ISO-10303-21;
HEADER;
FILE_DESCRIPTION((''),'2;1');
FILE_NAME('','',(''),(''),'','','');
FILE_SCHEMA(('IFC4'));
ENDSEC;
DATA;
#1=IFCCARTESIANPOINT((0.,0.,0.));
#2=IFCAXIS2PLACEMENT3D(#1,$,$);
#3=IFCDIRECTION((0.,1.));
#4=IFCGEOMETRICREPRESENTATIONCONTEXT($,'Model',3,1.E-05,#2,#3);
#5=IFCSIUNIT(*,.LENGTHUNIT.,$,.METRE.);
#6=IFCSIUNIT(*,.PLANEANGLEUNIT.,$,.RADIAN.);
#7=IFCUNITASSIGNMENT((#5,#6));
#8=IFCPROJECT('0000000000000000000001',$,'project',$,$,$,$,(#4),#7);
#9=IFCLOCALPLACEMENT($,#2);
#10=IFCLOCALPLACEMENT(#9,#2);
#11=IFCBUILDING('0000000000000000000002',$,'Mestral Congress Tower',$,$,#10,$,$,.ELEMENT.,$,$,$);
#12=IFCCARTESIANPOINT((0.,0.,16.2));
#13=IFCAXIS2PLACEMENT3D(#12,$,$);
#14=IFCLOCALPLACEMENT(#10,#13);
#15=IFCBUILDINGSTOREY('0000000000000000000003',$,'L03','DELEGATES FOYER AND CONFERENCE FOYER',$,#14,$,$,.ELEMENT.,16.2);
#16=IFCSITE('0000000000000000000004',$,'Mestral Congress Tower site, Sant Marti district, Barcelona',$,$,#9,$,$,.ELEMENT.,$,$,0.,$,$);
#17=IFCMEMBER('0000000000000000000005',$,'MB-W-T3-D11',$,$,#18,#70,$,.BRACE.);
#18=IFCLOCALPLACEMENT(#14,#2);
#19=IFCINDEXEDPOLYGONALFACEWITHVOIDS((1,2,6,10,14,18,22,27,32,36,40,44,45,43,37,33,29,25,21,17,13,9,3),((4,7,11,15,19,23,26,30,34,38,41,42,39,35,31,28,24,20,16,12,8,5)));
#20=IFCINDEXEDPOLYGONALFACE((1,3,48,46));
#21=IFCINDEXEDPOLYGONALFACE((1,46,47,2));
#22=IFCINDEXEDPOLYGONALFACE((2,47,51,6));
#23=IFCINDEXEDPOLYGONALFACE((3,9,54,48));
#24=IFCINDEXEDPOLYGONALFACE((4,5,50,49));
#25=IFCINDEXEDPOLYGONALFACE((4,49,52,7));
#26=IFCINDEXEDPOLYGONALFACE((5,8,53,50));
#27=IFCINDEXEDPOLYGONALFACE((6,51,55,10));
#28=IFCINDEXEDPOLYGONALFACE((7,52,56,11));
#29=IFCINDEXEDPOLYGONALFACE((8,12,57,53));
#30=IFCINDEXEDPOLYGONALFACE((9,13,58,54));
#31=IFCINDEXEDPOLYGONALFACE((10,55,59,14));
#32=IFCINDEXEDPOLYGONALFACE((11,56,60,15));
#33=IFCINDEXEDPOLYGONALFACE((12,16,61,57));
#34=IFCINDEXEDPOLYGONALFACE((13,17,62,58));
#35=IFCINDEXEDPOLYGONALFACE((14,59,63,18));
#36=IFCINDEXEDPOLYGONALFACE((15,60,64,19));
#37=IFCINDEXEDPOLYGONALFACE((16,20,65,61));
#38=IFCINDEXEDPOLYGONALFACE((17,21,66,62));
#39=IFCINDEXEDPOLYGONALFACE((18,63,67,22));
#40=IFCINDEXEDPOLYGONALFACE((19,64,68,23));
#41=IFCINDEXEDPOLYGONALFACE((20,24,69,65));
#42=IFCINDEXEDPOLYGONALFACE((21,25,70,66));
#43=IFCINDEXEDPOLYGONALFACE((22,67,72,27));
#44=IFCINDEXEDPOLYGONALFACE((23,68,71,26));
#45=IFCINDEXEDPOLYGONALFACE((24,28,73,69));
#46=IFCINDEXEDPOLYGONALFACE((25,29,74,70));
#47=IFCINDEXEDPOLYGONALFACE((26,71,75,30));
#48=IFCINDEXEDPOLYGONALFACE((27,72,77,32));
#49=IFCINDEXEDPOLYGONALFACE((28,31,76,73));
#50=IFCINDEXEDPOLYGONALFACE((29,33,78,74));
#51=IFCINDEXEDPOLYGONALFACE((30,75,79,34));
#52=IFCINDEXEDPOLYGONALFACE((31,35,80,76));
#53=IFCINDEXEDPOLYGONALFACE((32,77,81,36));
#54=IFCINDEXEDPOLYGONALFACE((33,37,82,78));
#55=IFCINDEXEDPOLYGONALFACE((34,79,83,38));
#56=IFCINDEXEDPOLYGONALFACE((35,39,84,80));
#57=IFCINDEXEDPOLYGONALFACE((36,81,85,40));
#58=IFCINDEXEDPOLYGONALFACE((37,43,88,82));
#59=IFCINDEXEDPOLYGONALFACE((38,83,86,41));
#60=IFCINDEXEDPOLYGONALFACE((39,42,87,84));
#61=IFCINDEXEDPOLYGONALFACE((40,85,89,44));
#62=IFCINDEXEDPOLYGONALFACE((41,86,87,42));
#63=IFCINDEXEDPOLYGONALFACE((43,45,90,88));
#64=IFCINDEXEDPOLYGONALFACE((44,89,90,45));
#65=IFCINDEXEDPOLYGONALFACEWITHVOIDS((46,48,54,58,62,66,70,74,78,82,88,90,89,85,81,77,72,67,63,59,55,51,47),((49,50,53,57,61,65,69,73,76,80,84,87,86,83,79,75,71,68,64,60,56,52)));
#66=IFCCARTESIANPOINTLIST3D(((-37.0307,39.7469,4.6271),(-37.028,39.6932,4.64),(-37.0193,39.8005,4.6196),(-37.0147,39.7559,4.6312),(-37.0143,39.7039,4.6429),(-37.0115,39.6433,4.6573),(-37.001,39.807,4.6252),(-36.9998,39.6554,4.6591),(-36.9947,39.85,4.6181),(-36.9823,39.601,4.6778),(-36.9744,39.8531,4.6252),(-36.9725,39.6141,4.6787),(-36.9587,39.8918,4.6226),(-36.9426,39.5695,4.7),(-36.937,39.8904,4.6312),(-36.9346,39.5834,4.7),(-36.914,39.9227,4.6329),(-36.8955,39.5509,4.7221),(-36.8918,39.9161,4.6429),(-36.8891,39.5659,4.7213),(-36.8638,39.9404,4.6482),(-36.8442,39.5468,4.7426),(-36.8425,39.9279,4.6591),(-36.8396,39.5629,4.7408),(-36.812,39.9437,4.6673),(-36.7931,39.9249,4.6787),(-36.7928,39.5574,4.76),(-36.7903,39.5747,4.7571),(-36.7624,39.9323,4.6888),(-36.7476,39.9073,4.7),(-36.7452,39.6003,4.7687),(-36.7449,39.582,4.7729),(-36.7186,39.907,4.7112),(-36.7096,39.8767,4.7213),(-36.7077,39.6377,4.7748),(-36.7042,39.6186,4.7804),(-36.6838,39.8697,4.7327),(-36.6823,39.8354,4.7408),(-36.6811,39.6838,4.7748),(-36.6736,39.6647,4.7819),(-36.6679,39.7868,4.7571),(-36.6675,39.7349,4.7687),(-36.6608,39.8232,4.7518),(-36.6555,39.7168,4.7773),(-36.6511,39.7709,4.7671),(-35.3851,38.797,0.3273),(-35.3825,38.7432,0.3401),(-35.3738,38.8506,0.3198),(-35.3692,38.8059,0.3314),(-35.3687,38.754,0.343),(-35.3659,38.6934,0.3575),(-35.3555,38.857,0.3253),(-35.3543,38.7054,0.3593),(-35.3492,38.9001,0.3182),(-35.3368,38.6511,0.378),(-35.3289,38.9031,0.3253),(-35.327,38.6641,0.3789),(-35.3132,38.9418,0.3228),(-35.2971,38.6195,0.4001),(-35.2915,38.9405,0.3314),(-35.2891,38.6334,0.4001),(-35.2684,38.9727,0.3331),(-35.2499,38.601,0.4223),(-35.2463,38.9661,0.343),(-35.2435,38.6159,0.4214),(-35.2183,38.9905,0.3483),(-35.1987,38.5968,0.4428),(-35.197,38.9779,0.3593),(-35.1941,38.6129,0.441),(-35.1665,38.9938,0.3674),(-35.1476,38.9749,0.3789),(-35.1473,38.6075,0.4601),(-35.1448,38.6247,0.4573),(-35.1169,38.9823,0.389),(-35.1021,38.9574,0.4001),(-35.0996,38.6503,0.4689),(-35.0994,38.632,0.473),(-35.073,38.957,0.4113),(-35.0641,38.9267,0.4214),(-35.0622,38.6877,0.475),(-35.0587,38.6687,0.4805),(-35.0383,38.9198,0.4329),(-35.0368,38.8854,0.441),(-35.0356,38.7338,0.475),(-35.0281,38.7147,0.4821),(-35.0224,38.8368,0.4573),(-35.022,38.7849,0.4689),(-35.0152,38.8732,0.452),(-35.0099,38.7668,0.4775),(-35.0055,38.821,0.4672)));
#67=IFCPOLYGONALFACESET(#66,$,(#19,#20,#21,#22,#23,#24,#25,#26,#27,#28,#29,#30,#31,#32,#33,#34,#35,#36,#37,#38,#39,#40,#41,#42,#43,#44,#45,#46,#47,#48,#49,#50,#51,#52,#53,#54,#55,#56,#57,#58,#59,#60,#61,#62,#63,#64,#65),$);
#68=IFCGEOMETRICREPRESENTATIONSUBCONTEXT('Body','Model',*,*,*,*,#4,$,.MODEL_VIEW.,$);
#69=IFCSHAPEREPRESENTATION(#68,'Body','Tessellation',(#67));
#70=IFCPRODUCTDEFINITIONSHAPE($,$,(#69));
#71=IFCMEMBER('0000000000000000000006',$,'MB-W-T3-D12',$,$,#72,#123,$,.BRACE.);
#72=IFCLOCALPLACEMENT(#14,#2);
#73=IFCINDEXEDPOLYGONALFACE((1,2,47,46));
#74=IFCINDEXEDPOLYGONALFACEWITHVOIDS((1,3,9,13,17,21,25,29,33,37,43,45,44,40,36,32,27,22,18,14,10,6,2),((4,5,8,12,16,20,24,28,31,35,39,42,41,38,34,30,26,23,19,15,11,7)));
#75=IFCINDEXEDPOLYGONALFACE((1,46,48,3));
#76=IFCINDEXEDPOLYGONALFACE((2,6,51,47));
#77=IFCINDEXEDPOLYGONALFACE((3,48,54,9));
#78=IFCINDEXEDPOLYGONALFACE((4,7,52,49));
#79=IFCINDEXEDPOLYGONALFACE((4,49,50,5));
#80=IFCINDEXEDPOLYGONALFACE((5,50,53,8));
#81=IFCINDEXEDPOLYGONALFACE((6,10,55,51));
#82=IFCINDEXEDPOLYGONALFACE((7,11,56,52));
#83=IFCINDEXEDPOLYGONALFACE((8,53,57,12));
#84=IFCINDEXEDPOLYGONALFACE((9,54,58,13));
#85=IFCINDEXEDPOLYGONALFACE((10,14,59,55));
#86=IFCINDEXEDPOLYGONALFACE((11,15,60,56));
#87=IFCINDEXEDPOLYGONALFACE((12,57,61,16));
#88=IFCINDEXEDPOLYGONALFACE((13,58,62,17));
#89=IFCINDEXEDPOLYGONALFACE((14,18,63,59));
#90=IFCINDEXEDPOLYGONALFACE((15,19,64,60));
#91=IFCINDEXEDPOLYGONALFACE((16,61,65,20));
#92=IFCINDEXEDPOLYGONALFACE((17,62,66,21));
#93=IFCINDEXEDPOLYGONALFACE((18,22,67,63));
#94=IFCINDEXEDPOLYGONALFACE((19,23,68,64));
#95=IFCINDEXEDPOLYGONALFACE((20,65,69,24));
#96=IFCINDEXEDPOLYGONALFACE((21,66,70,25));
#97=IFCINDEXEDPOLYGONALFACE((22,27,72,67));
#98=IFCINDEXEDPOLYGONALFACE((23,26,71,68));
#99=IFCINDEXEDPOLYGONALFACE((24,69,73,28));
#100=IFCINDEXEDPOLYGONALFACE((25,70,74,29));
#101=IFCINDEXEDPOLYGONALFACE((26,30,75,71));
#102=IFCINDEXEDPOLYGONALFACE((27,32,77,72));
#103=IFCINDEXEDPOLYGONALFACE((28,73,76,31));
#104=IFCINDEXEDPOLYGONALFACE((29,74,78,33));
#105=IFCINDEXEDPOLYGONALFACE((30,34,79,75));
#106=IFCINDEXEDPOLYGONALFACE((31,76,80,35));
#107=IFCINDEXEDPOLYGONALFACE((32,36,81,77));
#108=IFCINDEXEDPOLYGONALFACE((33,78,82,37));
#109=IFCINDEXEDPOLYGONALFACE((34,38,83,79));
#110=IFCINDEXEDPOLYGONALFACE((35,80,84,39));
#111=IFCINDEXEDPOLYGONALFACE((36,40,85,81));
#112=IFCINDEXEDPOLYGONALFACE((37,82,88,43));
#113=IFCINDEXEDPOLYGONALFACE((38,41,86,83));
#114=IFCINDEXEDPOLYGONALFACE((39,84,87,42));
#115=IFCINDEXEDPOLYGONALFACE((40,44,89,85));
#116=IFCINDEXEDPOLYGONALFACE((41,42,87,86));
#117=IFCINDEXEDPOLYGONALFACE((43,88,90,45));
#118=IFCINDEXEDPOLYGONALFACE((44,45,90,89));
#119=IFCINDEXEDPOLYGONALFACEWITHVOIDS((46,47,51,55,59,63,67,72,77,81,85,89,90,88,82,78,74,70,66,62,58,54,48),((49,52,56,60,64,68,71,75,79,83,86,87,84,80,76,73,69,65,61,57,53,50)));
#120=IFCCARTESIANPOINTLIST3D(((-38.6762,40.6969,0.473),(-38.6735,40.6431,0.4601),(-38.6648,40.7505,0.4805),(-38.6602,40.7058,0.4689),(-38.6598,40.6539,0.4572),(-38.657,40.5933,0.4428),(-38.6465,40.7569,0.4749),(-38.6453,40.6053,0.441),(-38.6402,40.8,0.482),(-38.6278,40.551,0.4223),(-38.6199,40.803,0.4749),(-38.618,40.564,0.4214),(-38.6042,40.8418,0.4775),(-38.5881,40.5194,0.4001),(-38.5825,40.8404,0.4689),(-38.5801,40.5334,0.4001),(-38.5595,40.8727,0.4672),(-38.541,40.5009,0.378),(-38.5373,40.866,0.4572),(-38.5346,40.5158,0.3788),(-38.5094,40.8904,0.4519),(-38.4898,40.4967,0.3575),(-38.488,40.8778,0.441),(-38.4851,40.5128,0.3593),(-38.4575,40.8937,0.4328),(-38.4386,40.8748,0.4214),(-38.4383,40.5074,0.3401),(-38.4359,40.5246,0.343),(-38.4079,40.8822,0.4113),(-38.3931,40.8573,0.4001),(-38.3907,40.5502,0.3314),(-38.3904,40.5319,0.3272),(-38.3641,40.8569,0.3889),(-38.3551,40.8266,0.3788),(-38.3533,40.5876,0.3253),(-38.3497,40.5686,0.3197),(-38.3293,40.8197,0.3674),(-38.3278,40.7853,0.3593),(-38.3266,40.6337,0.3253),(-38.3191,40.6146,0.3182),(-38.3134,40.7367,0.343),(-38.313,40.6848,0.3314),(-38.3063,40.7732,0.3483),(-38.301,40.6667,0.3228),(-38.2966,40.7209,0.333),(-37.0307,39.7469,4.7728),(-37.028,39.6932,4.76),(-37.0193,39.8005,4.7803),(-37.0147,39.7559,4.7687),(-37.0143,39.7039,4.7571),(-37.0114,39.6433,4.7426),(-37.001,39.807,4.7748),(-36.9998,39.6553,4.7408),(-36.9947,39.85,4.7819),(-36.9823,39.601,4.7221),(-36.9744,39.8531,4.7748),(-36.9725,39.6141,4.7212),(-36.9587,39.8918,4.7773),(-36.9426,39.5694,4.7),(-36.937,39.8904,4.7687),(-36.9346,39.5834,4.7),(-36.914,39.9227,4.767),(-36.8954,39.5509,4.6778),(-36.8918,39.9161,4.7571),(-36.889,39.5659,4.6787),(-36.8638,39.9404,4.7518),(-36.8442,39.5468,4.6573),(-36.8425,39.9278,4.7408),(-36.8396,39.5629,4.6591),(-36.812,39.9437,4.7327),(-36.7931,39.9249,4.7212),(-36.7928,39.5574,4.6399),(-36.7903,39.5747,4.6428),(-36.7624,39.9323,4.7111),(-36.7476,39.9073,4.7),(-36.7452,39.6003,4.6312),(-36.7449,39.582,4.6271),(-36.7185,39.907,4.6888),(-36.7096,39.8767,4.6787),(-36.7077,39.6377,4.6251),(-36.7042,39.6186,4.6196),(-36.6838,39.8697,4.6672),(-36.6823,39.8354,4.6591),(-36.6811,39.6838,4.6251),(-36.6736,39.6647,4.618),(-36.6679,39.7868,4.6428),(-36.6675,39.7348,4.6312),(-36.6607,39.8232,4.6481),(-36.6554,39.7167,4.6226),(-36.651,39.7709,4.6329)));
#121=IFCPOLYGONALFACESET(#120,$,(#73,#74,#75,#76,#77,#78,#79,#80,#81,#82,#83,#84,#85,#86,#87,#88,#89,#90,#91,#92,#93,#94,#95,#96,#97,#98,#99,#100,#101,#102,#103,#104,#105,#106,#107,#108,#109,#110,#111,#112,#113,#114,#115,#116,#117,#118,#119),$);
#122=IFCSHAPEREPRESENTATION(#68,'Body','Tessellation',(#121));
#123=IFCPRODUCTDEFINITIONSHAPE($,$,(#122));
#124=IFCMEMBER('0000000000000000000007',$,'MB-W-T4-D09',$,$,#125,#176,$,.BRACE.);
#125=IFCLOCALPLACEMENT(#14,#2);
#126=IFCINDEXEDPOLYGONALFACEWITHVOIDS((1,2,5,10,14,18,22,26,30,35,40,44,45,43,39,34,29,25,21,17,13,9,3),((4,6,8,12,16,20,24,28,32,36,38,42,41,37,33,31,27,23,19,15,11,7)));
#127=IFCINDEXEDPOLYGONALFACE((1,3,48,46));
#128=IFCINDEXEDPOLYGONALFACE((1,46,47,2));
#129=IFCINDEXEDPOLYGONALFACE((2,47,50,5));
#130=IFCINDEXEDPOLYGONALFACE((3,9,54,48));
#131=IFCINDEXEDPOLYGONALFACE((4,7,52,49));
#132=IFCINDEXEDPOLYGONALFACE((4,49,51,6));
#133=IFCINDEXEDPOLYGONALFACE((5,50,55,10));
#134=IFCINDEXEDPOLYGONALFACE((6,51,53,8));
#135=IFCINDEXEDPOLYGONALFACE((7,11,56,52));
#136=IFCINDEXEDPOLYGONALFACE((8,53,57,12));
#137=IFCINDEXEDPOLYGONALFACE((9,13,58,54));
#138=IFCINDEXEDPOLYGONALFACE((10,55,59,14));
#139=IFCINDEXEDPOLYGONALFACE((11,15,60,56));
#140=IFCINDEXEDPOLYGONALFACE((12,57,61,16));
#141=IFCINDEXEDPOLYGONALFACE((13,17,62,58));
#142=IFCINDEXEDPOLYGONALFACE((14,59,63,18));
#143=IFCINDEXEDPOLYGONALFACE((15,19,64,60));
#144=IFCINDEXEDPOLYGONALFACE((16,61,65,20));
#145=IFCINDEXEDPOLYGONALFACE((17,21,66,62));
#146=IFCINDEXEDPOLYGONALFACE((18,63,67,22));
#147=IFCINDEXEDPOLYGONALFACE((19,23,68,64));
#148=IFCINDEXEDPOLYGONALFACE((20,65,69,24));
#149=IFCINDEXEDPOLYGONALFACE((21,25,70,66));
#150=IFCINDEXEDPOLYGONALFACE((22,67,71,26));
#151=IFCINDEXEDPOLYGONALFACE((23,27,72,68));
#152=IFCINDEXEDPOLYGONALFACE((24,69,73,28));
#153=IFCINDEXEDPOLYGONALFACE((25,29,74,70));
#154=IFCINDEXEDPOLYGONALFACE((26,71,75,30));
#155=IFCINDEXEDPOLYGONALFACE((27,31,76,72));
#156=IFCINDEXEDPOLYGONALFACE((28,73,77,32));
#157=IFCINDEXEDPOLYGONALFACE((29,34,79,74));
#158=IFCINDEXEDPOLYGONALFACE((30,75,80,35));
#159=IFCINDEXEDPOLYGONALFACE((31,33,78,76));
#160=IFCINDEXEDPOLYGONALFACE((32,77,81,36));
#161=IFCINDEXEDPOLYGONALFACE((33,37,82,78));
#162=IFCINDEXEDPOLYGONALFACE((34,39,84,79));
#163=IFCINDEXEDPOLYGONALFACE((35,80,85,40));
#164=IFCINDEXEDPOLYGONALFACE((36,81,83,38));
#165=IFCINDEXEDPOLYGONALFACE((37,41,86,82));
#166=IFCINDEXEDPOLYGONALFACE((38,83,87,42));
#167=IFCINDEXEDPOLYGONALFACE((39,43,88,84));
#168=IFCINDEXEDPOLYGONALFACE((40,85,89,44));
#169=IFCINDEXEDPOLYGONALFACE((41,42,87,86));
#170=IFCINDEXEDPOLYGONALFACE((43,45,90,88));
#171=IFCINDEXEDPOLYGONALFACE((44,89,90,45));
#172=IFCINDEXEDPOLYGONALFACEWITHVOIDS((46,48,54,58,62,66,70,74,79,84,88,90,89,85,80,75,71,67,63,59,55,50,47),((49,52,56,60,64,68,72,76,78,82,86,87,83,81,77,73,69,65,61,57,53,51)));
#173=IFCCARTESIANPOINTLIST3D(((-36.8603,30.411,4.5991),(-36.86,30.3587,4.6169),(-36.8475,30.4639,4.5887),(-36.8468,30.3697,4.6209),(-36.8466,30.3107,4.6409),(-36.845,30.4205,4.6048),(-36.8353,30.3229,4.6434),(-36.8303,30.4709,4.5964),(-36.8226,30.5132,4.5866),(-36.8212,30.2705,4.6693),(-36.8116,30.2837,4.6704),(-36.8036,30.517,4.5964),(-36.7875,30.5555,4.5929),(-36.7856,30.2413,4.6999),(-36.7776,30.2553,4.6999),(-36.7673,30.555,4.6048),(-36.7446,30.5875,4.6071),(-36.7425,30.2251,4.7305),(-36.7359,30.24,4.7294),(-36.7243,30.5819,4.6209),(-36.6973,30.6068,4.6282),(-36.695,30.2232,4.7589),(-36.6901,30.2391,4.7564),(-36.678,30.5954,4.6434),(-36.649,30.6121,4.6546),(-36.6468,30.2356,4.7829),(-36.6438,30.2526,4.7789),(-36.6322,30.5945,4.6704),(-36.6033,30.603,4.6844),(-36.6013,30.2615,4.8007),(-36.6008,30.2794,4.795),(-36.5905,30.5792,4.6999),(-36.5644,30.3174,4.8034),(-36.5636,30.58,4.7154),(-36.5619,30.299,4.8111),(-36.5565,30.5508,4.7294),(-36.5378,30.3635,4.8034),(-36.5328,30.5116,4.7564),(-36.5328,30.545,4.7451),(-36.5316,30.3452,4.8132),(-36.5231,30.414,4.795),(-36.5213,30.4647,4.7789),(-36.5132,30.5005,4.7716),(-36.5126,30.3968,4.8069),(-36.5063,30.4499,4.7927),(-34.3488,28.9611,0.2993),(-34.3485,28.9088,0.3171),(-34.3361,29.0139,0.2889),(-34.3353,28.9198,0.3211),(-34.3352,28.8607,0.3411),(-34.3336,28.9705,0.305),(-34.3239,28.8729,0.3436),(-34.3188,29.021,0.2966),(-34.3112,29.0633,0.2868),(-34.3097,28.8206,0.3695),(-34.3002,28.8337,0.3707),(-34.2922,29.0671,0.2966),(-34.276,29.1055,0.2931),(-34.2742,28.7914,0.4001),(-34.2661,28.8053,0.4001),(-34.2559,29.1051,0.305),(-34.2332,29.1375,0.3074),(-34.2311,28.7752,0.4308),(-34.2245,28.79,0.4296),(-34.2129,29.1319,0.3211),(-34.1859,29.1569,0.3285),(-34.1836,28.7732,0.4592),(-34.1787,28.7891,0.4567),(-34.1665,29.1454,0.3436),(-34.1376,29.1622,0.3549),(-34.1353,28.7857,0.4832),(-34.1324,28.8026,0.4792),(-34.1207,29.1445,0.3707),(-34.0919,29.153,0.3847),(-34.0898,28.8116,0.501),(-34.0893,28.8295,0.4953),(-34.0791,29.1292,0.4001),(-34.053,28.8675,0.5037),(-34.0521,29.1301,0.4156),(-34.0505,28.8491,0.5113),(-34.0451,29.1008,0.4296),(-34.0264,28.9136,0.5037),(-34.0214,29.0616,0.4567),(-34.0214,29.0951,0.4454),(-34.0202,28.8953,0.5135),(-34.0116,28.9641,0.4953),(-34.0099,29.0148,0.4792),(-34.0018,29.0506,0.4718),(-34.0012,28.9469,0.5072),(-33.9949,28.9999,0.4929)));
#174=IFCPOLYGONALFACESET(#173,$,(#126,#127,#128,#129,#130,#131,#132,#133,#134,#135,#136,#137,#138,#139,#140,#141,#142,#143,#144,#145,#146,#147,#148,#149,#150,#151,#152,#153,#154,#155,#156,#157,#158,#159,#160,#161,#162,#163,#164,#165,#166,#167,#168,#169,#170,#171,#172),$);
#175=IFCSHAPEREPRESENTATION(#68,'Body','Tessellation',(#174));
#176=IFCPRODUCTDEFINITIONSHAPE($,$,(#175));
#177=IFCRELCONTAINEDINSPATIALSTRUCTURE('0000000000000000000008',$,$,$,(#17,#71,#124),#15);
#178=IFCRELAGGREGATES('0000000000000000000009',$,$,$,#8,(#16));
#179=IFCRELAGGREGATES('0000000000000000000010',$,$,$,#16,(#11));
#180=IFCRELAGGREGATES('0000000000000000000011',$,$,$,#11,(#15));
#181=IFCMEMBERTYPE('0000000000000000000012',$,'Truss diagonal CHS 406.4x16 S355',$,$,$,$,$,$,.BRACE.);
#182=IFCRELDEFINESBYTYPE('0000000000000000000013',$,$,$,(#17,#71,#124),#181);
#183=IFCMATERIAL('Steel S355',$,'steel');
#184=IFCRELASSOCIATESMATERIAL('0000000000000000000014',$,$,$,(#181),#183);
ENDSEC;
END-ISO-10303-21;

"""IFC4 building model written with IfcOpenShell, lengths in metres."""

from ifc_helpers import new_model, si_unit, direction, frame, origin, origin_2d, place, context, subcontext, project, spatial, hollow_circle, extrude, material, material_profile, profile_set, type_object, element, save


model = new_model("IFC4")

# Units and contexts
model_context = context("Model", 3, precision=1e-05, world=origin(), true_north=direction((0.0, 1.0)))
body_context = subcontext(model_context, "Body", "Model", "MODEL_VIEW")
ifc_project = project(units=[si_unit("LENGTHUNIT", "METRE"), si_unit("PLANEANGLEUNIT", "RADIAN")], contexts=[model_context])

# Site, building, storey
site_placement = place(None, origin())
site = spatial("IfcSite", under=ifc_project, at=site_placement, Name="Mestral Congress Tower site, Sant Marti district, Barcelona", CompositionType="ELEMENT", RefElevation=0.0)
building_placement = place(site_placement, origin())
building = spatial("IfcBuilding", under=site, at=building_placement, Name="Mestral Congress Tower", CompositionType="ELEMENT")
storey_placement = place(building_placement, frame((0.0, 0.0, 16.2)))
storey = spatial("IfcBuildingStorey", under=building, at=storey_placement, Name="L03", Description="DELEGATES FOYER AND CONFERENCE FOYER", CompositionType="ELEMENT", Elevation=16.2)

# Members
ifc_material = material(Name="Steel S355", Category="steel")
ifc_material_profile_1 = material_profile(ifc_material, hollow_circle(Radius=0.2031, WallThickness=0.0161, at=origin_2d()), Name="CHS 406.4x16")
ifc_profile_set_1 = profile_set([ifc_material_profile_1], Name="Steel S355")
member_type_1 = type_object("IfcMemberType", Name="Truss diagonal CHS 406.4x16 S355", PredefinedType="BRACE", material=ifc_profile_set_1)
for number, where, z_axis, x_axis, name in (
    (1, (-35.1956, 38.7954, 0.4001), (-0.350041, 0.202079, 0.914678), (-0.499967, -0.866044, 0.0), "MB-W-T3-D11"),
    (2, (-36.8411, 39.7454, 4.7), (-0.350041, 0.202079, -0.914678), (-0.499967, -0.866044, 0.0), "MB-W-T3-D12"),
):
    element("IfcMember", number, at=place(storey_placement, frame(where, z_axis=z_axis, x_axis=x_axis)), inside=storey, type_object=member_type_1, Name=name, PredefinedType="BRACE", context=body_context, shape_type="SweptSolid", body=[
        extrude(hollow_circle(Radius=0.2031, WallThickness=0.0161, at=origin_2d()), origin(), (0.0, 0.0, 1.0), 4.7009),
    ])
for number, where, z_axis, x_axis, name in (
    (3, (-34.1726, 28.9673, 0.4001), (-0.484247, 0.279571, 0.829062), (-0.499987, -0.866033, 0.0), "MB-W-T4-D09"),
):
    element("IfcMember", number, at=place(storey_placement, frame(where, z_axis=z_axis, x_axis=x_axis)), inside=storey, type_object=member_type_1, Name=name, PredefinedType="BRACE", context=body_context, shape_type="SweptSolid", body=[
        extrude(hollow_circle(Radius=0.2031, WallThickness=0.0161, at=origin_2d()), origin(), (0.0, 0.0, 1.0), 5.1863),
    ])

save(model, "model.ifc")
